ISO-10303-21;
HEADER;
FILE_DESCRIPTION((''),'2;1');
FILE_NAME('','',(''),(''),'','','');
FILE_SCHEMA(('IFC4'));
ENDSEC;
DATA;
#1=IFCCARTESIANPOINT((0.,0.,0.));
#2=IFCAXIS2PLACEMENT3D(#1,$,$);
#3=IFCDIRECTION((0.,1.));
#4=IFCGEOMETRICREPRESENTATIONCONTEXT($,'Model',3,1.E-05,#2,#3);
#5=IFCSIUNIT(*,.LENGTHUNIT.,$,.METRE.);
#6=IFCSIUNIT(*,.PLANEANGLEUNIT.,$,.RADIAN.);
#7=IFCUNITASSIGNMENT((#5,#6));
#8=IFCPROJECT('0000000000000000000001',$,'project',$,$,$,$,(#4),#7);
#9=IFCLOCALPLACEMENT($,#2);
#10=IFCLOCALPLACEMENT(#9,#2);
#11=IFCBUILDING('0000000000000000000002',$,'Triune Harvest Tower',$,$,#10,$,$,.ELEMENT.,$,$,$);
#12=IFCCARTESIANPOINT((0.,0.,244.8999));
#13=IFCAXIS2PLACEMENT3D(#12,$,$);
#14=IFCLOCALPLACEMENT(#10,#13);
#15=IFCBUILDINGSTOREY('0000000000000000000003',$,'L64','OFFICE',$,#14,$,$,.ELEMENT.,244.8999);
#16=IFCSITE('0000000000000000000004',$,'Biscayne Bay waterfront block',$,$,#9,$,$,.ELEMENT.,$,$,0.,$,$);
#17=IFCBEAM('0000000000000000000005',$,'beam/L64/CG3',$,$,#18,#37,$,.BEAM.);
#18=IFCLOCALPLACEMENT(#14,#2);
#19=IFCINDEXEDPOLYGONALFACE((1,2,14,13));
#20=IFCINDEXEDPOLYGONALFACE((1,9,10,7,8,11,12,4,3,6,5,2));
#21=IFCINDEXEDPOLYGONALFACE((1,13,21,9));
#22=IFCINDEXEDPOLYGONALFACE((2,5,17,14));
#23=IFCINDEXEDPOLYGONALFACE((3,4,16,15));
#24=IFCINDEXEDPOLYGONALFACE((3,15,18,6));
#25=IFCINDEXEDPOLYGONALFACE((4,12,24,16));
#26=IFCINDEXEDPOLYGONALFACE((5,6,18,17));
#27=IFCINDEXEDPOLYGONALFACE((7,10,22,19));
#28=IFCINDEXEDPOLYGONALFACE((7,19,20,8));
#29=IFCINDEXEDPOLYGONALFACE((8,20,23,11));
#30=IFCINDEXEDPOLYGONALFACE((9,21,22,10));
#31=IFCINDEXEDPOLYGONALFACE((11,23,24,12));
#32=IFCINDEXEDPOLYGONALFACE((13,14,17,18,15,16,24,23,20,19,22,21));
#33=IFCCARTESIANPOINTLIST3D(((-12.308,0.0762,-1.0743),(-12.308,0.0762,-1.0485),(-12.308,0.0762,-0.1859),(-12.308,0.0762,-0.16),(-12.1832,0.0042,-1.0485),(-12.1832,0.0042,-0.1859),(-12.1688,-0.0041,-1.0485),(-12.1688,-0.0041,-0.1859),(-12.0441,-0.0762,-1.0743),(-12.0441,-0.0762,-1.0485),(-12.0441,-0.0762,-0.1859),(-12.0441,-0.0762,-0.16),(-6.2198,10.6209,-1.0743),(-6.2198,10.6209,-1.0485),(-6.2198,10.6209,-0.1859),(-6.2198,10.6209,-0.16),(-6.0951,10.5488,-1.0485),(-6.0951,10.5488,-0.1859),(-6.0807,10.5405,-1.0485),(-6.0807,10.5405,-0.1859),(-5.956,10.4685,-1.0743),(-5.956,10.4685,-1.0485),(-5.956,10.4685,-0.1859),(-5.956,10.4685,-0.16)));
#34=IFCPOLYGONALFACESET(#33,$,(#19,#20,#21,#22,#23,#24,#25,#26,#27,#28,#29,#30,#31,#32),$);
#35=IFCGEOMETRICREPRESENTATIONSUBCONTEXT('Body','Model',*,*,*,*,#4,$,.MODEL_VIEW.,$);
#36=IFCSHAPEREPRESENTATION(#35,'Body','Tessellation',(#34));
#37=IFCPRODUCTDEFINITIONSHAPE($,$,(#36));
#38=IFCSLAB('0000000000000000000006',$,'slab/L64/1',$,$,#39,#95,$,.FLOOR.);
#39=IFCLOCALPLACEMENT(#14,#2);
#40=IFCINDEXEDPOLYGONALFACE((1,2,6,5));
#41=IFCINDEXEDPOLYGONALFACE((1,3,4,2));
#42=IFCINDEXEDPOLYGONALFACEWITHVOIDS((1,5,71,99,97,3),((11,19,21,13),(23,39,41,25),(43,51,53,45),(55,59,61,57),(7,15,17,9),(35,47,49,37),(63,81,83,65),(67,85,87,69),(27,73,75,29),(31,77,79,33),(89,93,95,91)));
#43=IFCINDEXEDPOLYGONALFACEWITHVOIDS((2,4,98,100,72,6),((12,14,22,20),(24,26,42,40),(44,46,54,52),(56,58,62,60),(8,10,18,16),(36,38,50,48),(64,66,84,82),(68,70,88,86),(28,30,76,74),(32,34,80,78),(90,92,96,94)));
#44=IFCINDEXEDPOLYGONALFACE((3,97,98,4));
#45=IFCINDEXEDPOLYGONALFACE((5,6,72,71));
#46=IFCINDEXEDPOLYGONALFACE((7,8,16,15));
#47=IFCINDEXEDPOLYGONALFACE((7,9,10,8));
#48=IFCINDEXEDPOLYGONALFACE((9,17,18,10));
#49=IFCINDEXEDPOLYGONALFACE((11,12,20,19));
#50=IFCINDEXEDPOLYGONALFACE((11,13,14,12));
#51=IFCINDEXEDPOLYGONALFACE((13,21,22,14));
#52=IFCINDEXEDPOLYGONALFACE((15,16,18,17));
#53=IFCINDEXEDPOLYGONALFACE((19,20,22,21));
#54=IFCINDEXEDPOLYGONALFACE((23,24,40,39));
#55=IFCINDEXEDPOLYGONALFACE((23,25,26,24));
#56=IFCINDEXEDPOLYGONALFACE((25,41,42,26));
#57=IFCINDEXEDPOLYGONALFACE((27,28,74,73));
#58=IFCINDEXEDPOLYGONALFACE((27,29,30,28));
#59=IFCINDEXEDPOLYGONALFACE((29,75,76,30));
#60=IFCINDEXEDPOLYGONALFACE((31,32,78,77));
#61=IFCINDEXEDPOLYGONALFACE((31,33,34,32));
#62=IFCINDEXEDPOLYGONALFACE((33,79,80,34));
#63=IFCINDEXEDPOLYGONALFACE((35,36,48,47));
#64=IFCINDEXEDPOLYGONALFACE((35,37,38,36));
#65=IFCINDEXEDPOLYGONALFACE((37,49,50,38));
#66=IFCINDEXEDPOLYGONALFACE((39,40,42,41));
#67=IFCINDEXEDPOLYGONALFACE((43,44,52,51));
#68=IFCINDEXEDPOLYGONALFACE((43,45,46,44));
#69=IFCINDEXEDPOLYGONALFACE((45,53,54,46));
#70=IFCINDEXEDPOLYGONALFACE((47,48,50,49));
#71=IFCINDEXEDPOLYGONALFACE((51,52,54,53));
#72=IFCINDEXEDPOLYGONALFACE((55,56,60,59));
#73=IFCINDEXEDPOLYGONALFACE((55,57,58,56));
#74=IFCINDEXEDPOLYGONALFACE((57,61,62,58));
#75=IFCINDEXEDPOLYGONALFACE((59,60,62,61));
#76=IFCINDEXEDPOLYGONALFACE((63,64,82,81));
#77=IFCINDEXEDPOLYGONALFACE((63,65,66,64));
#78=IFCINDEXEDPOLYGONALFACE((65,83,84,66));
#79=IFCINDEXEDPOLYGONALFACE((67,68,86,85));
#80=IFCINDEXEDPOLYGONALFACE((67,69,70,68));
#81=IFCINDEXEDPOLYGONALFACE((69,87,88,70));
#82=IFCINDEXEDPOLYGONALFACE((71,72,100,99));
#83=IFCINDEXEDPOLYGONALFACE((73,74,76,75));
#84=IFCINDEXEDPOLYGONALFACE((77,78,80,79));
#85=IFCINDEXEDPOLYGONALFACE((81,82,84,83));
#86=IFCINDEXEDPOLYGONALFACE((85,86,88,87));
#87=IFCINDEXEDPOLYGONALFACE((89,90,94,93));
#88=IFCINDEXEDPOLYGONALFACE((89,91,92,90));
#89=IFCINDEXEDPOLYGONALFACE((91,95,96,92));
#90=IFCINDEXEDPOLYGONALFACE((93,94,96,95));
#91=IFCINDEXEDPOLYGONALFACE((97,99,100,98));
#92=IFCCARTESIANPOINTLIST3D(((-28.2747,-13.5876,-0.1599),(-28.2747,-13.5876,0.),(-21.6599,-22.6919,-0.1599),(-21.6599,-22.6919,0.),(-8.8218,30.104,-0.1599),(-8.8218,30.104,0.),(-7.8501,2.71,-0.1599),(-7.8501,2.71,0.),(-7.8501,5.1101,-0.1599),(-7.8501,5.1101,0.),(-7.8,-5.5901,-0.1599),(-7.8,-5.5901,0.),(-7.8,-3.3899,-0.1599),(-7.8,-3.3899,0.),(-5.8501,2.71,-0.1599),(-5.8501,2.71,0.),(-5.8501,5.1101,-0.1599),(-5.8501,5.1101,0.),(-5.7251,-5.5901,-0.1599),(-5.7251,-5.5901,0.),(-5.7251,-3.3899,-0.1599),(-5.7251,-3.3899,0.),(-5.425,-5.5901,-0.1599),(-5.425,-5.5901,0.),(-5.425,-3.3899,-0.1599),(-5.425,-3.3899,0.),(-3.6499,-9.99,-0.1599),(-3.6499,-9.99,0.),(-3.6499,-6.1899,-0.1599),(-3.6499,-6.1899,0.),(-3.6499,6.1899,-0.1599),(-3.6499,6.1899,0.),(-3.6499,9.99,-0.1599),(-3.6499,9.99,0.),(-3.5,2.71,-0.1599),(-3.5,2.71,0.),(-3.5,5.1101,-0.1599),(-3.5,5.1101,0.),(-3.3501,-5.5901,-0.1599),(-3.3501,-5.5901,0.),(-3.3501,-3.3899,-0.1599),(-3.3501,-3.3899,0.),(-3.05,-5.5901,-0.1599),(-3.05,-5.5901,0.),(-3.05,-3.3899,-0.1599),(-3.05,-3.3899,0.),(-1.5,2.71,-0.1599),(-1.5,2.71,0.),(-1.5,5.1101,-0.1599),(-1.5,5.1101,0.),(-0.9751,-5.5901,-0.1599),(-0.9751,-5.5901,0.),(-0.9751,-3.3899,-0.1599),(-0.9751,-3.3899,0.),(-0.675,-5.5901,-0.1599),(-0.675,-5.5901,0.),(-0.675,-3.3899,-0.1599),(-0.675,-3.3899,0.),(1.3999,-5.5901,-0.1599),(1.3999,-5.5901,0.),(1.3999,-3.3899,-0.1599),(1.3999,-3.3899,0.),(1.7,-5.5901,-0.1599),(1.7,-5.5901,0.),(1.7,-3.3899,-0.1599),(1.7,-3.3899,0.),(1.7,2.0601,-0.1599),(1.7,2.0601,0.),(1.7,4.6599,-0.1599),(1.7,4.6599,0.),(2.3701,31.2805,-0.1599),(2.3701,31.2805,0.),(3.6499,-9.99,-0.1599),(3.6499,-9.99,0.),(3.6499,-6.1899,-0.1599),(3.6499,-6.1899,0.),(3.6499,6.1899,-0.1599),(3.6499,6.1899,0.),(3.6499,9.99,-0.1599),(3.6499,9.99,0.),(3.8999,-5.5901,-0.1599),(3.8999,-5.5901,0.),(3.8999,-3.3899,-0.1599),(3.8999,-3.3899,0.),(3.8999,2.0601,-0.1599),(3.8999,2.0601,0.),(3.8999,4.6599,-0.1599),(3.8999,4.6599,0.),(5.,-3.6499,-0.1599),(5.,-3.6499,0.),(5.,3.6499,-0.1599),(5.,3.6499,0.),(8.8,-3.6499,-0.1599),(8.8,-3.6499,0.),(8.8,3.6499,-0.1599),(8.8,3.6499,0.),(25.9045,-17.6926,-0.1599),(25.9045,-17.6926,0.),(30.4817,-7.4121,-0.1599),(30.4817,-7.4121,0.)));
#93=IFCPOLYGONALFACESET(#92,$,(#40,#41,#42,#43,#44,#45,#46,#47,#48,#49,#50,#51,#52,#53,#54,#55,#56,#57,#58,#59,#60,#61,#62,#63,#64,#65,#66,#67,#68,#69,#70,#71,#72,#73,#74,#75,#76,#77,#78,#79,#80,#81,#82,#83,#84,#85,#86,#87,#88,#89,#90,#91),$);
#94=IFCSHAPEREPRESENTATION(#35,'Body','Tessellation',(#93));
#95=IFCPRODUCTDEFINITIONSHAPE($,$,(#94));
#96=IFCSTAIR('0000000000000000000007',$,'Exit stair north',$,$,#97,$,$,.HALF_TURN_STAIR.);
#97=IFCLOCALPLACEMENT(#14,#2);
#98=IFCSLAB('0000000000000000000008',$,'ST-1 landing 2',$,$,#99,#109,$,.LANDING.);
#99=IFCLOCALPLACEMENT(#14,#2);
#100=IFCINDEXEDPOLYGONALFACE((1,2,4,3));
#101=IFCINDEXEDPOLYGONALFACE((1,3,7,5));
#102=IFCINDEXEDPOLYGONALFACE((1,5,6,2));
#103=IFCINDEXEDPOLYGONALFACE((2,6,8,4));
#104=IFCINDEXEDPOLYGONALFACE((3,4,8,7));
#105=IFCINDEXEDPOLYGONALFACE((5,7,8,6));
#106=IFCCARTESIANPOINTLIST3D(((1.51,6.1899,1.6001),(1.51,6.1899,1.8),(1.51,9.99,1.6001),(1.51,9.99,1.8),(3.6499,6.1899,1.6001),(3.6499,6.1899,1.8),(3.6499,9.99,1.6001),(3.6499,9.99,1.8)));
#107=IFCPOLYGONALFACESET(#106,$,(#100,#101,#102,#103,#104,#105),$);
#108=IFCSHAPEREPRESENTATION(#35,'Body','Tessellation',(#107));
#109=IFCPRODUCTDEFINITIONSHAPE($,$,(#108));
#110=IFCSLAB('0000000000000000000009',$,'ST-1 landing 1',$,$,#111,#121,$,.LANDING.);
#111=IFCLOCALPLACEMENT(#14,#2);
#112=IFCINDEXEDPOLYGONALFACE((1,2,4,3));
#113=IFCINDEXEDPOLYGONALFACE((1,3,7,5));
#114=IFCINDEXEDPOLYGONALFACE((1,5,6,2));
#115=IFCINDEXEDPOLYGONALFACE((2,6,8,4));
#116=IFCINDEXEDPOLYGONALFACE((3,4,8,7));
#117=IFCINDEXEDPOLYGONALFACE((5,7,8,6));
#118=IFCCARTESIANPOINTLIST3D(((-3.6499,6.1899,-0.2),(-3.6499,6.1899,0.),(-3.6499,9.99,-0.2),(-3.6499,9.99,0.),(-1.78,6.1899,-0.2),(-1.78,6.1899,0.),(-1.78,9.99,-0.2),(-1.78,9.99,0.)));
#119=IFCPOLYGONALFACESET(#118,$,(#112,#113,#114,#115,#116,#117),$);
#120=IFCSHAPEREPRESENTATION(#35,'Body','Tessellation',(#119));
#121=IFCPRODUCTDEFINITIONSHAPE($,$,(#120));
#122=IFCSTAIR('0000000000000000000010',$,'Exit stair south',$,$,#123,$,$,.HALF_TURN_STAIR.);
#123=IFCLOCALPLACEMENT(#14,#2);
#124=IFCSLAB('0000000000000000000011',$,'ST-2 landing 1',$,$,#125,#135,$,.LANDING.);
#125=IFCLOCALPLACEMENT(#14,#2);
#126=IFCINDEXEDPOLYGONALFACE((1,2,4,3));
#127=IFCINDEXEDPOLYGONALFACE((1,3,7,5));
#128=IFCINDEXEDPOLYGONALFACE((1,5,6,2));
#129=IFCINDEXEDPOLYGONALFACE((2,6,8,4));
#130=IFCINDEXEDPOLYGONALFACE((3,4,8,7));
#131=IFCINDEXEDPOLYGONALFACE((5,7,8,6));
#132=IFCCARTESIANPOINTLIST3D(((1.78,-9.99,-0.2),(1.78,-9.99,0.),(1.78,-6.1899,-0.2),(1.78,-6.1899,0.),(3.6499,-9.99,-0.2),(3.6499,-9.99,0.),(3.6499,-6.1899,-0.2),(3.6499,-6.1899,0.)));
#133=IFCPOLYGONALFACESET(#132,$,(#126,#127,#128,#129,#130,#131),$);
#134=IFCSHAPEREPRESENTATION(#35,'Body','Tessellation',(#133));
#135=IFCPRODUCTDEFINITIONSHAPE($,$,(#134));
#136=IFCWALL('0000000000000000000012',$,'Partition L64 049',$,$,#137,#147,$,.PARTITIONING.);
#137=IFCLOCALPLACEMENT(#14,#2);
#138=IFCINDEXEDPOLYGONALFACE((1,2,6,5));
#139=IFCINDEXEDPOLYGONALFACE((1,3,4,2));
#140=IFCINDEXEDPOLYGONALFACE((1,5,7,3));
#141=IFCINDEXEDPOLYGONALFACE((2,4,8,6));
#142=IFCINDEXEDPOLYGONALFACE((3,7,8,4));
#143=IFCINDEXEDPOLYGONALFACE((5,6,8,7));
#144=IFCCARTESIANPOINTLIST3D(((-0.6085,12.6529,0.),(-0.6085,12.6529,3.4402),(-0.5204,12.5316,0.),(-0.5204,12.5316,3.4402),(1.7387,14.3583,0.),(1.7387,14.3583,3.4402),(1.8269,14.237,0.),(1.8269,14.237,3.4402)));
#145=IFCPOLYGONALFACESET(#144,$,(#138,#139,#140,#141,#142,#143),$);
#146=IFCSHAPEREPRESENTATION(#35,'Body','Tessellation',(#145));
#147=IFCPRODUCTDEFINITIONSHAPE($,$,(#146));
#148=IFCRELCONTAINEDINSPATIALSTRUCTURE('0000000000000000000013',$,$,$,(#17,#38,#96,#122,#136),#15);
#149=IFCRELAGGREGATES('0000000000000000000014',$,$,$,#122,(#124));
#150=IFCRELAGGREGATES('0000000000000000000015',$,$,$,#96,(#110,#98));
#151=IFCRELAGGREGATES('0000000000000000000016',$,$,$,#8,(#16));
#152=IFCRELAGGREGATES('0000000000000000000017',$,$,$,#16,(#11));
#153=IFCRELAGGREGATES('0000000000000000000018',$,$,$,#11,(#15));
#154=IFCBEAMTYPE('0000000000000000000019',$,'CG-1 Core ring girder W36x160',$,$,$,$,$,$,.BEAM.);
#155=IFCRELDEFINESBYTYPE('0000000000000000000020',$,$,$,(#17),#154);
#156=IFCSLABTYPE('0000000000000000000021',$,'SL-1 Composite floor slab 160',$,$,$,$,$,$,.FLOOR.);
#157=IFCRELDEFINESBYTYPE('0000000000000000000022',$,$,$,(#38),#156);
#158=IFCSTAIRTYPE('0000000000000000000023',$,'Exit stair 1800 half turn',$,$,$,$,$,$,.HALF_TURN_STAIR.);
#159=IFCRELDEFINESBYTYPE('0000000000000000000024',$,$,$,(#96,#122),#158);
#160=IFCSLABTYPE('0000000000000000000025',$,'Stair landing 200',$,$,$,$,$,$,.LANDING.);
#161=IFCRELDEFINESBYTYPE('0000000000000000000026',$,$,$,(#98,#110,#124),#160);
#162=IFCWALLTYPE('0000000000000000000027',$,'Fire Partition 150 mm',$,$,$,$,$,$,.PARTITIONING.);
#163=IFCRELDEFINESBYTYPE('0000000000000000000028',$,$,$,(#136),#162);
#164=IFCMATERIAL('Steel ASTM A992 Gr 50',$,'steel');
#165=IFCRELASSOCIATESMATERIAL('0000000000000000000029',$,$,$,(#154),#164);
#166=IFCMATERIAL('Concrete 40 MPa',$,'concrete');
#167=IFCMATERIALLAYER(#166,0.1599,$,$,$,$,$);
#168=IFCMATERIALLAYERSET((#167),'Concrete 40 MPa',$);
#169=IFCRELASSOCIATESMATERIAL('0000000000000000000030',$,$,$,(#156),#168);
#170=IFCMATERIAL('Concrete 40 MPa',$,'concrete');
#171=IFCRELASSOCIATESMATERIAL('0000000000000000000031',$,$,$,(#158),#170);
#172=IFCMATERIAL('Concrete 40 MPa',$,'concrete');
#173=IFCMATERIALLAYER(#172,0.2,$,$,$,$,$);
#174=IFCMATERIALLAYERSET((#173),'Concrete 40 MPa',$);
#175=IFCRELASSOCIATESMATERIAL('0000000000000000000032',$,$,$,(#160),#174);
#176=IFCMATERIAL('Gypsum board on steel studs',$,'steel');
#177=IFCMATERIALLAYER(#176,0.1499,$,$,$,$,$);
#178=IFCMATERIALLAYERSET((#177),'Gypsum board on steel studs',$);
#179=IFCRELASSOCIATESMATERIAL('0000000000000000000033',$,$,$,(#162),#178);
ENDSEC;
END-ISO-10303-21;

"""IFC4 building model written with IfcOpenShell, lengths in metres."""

from ifc_helpers import new_model, si_unit, direction, frame, frame_2d, origin, origin_2d, place, context, subcontext, project, spatial, polyline, rectangle, i_section, outline, extrude, source, transform, mapped, material, layer, layer_set, material_profile, profile_set, type_object, element, aggregate, save


model = new_model("IFC4")

# Units and contexts
model_context = context("Model", 3, precision=1e-05, world=origin(), true_north=direction((0.0, 1.0)))
body_context = subcontext(model_context, "Body", "Model", "MODEL_VIEW")
ifc_project = project(units=[si_unit("LENGTHUNIT", "METRE"), si_unit("PLANEANGLEUNIT", "RADIAN")], contexts=[model_context])

# Site, building, storey
site_placement = place(None, origin())
site = spatial("IfcSite", under=ifc_project, at=site_placement, Name="Biscayne Bay waterfront block", CompositionType="ELEMENT", RefElevation=0.0)
building_placement = place(site_placement, origin())
building = spatial("IfcBuilding", under=site, at=building_placement, Name="Triune Harvest Tower", CompositionType="ELEMENT")
storey_placement = place(building_placement, frame((0.0, 0.0, 244.8999)))
storey = spatial("IfcBuildingStorey", under=building, at=storey_placement, Name="L64", Description="OFFICE", CompositionType="ELEMENT", Elevation=244.8999)

# Beam
ifc_material_1 = material(Name="Steel ASTM A992 Gr 50", Category="steel")
ifc_material_profile = material_profile(ifc_material_1, i_section(OverallWidth=0.3047, OverallDepth=0.9143, WebThickness=0.0166, FlangeThickness=0.0259, at=origin_2d()), Name="W36x160")
ifc_profile_set = profile_set([ifc_material_profile], Name="Steel ASTM A992 Gr 50")
beam_type = type_object("IfcBeamType", Name="CG-1 Core ring girder W36x160", PredefinedType="BEAM", material=ifc_profile_set)
shared_shape_1 = source(origin(), body_context, "Body", "SweptSolid", [
    extrude(i_section(OverallWidth=0.3047, OverallDepth=0.9143, WebThickness=0.0166, FlangeThickness=0.0259, at=origin_2d()), origin(), (0.0, 0.0, 1.0), 12.176),
])
beam_placement = place(storey_placement, frame((-6.0879, 10.5447, -0.6172), z_axis=(-0.50001, -0.86602, 0.0), x_axis=(0.86602, -0.50001, 0.0)))
element("IfcBeam", 1, at=beam_placement, inside=storey, type_object=beam_type, Name="beam/L64/CG3", PredefinedType="BEAM", context=body_context, shape_type="MappedRepresentation", body=[
    mapped(shared_shape_1, transform((0.0, 0.0, 0.0), scale=1.0)),
])

# Slab
ifc_material_2 = material(Name="Concrete 40 MPa", Category="concrete")
ifc_layer_1 = layer(ifc_material_2, 0.1599)
ifc_layer_set_1 = layer_set([ifc_layer_1], Name="Concrete 40 MPa")
slab_type_1 = type_object("IfcSlabType", Name="SL-1 Composite floor slab 160", PredefinedType="FLOOR", material=ifc_layer_set_1)
shared_shape_2 = source(origin(), body_context, "Body", "SweptSolid", [
    extrude(outline(polyline([(30.4817, -7.4121), (2.3701, 31.2805), (-8.8218, 30.104), (-28.2747, -13.5876), (-21.6599, -22.6919), (25.9045, -17.6926), (30.4817, -7.4121)]), holes=[polyline([(-5.7251, -5.5901), (-5.7251, -3.3899), (-7.8, -3.3899), (-7.8, -5.5901), (-5.7251, -5.5901)]), polyline([(-3.3501, -5.5901), (-3.3501, -3.3899), (-5.425, -3.3899), (-5.425, -5.5901), (-3.3501, -5.5901)]), polyline([(-0.9751, -5.5901), (-0.9751, -3.3899), (-3.05, -3.3899), (-3.05, -5.5901), (-0.9751, -5.5901)]), polyline([(1.3999, -5.5901), (1.3999, -3.3899), (-0.675, -3.3899), (-0.675, -5.5901), (1.3999, -5.5901)]), polyline([(3.8999, 2.0601), (3.8999, 4.6599), (1.7, 4.6599), (1.7, 2.0601), (3.8999, 2.0601)]), polyline([(3.8999, -5.5901), (3.8999, -3.3899), (1.7, -3.3899), (1.7, -5.5901), (3.8999, -5.5901)]), polyline([(-5.8501, 2.71), (-5.8501, 5.1101), (-7.8501, 5.1101), (-7.8501, 2.71), (-5.8501, 2.71)]), polyline([(-1.5, 2.71), (-1.5, 5.1101), (-3.5, 5.1101), (-3.5, 2.71), (-1.5, 2.71)]), polyline([(3.6499, 6.1899), (3.6499, 9.99), (-3.6499, 9.99), (-3.6499, 6.1899), (3.6499, 6.1899)]), polyline([(3.6499, -9.99), (3.6499, -6.1899), (-3.6499, -6.1899), (-3.6499, -9.99), (3.6499, -9.99)]), polyline([(8.8, -3.6499), (8.8, 3.6499), (5.0, 3.6499), (5.0, -3.6499), (8.8, -3.6499)])]), origin(), (0.0, 0.0, 1.0), 0.1599),
])
slab_1_placement = place(storey_placement, frame((0.0, 0.0, -0.1599)))
element("IfcSlab", 2, at=slab_1_placement, inside=storey, type_object=slab_type_1, Name="slab/L64/1", PredefinedType="FLOOR", context=body_context, shape_type="MappedRepresentation", body=[
    mapped(shared_shape_2, transform((0.0, 0.0, 0.0), scale=1.0)),
])

# Stair, slabs
ifc_material_3 = material(Name="Concrete 40 MPa", Category="concrete")
stair_type = type_object("IfcStairType", Name="Exit stair 1800 half turn", PredefinedType="HALF_TURN_STAIR", material=ifc_material_3)
stair_1_placement = place(storey_placement, origin())
stair_1 = element("IfcStair", 3, at=stair_1_placement, inside=storey, type_object=stair_type, Name="Exit stair north", PredefinedType="HALF_TURN_STAIR")
ifc_material_4 = material(Name="Concrete 40 MPa", Category="concrete")
ifc_layer_2 = layer(ifc_material_4, 0.2)
ifc_layer_set_2 = layer_set([ifc_layer_2], Name="Concrete 40 MPa")
slab_type_2 = type_object("IfcSlabType", Name="Stair landing 200", PredefinedType="LANDING", material=ifc_layer_set_2)
shared_shape_3 = source(origin(), body_context, "Body", "SweptSolid", [
    extrude(outline(polyline([(1.51, 6.1899), (3.6499, 6.1899), (3.6499, 9.99), (1.51, 9.99), (1.51, 6.1899)])), origin(), (0.0, 0.0, 1.0), 0.2),
])
slab_2_placement = place(storey_placement, frame((0.0, 0.0, 1.6001)))
slab_2 = element("IfcSlab", 4, at=slab_2_placement, type_object=slab_type_2, Name="ST-1 landing 2", PredefinedType="LANDING", context=body_context, shape_type="MappedRepresentation", body=[
    mapped(shared_shape_3, transform((0.0, 0.0, 0.0), scale=1.0)),
])
shared_shape_4 = source(origin(), body_context, "Body", "SweptSolid", [
    extrude(outline(polyline([(-3.6499, 6.1899), (-1.78, 6.1899), (-1.78, 9.99), (-3.6499, 9.99), (-3.6499, 6.1899)])), origin(), (0.0, 0.0, 1.0), 0.2),
])
slab_3_placement = place(storey_placement, frame((0.0, 0.0, -0.2)))
slab_3 = element("IfcSlab", 5, at=slab_3_placement, type_object=slab_type_2, Name="ST-1 landing 1", PredefinedType="LANDING", context=body_context, shape_type="MappedRepresentation", body=[
    mapped(shared_shape_4, transform((0.0, 0.0, 0.0), scale=1.0)),
])

# Stair, slab
stair_2_placement = place(storey_placement, origin())
stair_2 = element("IfcStair", 6, at=stair_2_placement, inside=storey, type_object=stair_type, Name="Exit stair south", PredefinedType="HALF_TURN_STAIR")
shared_shape_5 = source(origin(), body_context, "Body", "SweptSolid", [
    extrude(outline(polyline([(3.6499, -6.1899), (1.78, -6.1899), (1.78, -9.99), (3.6499, -9.99), (3.6499, -6.1899)])), origin(), (0.0, 0.0, 1.0), 0.2),
])
slab_4_placement = place(storey_placement, frame((0.0, 0.0, -0.2)))
slab_4 = element("IfcSlab", 7, at=slab_4_placement, type_object=slab_type_2, Name="ST-2 landing 1", PredefinedType="LANDING", context=body_context, shape_type="MappedRepresentation", body=[
    mapped(shared_shape_5, transform((0.0, 0.0, 0.0), scale=1.0)),
])
aggregate(stair_2, [slab_4])

# Wall
ifc_material_5 = material(Name="Gypsum board on steel studs", Category="steel")
ifc_layer_3 = layer(ifc_material_5, 0.1499)
ifc_layer_set_3 = layer_set([ifc_layer_3], Name="Gypsum board on steel studs")
wall_type_1 = type_object("IfcWallType", Name="Fire Partition 150 mm", PredefinedType="PARTITIONING", material=ifc_layer_set_3)
wall_1_placement = place(storey_placement, frame((-0.5645, 12.5923, 0.0), z_axis=(0.0, 0.0, 1.0), x_axis=(0.809016, 0.587786, 0.0)))
element("IfcWall", 8, at=wall_1_placement, inside=storey, type_object=wall_type_1, Name="Partition L64 049", PredefinedType="PARTITIONING", context=body_context, shape_type="SweptSolid", body=[
    extrude(rectangle(XDim=2.9014, YDim=0.1499, at=frame_2d((1.4507, 0.0))), origin(), (0.0, 0.0, 1.0), 3.4402),
])

aggregate(stair_1, [slab_3, slab_2])

save(model, "model.ifc")
